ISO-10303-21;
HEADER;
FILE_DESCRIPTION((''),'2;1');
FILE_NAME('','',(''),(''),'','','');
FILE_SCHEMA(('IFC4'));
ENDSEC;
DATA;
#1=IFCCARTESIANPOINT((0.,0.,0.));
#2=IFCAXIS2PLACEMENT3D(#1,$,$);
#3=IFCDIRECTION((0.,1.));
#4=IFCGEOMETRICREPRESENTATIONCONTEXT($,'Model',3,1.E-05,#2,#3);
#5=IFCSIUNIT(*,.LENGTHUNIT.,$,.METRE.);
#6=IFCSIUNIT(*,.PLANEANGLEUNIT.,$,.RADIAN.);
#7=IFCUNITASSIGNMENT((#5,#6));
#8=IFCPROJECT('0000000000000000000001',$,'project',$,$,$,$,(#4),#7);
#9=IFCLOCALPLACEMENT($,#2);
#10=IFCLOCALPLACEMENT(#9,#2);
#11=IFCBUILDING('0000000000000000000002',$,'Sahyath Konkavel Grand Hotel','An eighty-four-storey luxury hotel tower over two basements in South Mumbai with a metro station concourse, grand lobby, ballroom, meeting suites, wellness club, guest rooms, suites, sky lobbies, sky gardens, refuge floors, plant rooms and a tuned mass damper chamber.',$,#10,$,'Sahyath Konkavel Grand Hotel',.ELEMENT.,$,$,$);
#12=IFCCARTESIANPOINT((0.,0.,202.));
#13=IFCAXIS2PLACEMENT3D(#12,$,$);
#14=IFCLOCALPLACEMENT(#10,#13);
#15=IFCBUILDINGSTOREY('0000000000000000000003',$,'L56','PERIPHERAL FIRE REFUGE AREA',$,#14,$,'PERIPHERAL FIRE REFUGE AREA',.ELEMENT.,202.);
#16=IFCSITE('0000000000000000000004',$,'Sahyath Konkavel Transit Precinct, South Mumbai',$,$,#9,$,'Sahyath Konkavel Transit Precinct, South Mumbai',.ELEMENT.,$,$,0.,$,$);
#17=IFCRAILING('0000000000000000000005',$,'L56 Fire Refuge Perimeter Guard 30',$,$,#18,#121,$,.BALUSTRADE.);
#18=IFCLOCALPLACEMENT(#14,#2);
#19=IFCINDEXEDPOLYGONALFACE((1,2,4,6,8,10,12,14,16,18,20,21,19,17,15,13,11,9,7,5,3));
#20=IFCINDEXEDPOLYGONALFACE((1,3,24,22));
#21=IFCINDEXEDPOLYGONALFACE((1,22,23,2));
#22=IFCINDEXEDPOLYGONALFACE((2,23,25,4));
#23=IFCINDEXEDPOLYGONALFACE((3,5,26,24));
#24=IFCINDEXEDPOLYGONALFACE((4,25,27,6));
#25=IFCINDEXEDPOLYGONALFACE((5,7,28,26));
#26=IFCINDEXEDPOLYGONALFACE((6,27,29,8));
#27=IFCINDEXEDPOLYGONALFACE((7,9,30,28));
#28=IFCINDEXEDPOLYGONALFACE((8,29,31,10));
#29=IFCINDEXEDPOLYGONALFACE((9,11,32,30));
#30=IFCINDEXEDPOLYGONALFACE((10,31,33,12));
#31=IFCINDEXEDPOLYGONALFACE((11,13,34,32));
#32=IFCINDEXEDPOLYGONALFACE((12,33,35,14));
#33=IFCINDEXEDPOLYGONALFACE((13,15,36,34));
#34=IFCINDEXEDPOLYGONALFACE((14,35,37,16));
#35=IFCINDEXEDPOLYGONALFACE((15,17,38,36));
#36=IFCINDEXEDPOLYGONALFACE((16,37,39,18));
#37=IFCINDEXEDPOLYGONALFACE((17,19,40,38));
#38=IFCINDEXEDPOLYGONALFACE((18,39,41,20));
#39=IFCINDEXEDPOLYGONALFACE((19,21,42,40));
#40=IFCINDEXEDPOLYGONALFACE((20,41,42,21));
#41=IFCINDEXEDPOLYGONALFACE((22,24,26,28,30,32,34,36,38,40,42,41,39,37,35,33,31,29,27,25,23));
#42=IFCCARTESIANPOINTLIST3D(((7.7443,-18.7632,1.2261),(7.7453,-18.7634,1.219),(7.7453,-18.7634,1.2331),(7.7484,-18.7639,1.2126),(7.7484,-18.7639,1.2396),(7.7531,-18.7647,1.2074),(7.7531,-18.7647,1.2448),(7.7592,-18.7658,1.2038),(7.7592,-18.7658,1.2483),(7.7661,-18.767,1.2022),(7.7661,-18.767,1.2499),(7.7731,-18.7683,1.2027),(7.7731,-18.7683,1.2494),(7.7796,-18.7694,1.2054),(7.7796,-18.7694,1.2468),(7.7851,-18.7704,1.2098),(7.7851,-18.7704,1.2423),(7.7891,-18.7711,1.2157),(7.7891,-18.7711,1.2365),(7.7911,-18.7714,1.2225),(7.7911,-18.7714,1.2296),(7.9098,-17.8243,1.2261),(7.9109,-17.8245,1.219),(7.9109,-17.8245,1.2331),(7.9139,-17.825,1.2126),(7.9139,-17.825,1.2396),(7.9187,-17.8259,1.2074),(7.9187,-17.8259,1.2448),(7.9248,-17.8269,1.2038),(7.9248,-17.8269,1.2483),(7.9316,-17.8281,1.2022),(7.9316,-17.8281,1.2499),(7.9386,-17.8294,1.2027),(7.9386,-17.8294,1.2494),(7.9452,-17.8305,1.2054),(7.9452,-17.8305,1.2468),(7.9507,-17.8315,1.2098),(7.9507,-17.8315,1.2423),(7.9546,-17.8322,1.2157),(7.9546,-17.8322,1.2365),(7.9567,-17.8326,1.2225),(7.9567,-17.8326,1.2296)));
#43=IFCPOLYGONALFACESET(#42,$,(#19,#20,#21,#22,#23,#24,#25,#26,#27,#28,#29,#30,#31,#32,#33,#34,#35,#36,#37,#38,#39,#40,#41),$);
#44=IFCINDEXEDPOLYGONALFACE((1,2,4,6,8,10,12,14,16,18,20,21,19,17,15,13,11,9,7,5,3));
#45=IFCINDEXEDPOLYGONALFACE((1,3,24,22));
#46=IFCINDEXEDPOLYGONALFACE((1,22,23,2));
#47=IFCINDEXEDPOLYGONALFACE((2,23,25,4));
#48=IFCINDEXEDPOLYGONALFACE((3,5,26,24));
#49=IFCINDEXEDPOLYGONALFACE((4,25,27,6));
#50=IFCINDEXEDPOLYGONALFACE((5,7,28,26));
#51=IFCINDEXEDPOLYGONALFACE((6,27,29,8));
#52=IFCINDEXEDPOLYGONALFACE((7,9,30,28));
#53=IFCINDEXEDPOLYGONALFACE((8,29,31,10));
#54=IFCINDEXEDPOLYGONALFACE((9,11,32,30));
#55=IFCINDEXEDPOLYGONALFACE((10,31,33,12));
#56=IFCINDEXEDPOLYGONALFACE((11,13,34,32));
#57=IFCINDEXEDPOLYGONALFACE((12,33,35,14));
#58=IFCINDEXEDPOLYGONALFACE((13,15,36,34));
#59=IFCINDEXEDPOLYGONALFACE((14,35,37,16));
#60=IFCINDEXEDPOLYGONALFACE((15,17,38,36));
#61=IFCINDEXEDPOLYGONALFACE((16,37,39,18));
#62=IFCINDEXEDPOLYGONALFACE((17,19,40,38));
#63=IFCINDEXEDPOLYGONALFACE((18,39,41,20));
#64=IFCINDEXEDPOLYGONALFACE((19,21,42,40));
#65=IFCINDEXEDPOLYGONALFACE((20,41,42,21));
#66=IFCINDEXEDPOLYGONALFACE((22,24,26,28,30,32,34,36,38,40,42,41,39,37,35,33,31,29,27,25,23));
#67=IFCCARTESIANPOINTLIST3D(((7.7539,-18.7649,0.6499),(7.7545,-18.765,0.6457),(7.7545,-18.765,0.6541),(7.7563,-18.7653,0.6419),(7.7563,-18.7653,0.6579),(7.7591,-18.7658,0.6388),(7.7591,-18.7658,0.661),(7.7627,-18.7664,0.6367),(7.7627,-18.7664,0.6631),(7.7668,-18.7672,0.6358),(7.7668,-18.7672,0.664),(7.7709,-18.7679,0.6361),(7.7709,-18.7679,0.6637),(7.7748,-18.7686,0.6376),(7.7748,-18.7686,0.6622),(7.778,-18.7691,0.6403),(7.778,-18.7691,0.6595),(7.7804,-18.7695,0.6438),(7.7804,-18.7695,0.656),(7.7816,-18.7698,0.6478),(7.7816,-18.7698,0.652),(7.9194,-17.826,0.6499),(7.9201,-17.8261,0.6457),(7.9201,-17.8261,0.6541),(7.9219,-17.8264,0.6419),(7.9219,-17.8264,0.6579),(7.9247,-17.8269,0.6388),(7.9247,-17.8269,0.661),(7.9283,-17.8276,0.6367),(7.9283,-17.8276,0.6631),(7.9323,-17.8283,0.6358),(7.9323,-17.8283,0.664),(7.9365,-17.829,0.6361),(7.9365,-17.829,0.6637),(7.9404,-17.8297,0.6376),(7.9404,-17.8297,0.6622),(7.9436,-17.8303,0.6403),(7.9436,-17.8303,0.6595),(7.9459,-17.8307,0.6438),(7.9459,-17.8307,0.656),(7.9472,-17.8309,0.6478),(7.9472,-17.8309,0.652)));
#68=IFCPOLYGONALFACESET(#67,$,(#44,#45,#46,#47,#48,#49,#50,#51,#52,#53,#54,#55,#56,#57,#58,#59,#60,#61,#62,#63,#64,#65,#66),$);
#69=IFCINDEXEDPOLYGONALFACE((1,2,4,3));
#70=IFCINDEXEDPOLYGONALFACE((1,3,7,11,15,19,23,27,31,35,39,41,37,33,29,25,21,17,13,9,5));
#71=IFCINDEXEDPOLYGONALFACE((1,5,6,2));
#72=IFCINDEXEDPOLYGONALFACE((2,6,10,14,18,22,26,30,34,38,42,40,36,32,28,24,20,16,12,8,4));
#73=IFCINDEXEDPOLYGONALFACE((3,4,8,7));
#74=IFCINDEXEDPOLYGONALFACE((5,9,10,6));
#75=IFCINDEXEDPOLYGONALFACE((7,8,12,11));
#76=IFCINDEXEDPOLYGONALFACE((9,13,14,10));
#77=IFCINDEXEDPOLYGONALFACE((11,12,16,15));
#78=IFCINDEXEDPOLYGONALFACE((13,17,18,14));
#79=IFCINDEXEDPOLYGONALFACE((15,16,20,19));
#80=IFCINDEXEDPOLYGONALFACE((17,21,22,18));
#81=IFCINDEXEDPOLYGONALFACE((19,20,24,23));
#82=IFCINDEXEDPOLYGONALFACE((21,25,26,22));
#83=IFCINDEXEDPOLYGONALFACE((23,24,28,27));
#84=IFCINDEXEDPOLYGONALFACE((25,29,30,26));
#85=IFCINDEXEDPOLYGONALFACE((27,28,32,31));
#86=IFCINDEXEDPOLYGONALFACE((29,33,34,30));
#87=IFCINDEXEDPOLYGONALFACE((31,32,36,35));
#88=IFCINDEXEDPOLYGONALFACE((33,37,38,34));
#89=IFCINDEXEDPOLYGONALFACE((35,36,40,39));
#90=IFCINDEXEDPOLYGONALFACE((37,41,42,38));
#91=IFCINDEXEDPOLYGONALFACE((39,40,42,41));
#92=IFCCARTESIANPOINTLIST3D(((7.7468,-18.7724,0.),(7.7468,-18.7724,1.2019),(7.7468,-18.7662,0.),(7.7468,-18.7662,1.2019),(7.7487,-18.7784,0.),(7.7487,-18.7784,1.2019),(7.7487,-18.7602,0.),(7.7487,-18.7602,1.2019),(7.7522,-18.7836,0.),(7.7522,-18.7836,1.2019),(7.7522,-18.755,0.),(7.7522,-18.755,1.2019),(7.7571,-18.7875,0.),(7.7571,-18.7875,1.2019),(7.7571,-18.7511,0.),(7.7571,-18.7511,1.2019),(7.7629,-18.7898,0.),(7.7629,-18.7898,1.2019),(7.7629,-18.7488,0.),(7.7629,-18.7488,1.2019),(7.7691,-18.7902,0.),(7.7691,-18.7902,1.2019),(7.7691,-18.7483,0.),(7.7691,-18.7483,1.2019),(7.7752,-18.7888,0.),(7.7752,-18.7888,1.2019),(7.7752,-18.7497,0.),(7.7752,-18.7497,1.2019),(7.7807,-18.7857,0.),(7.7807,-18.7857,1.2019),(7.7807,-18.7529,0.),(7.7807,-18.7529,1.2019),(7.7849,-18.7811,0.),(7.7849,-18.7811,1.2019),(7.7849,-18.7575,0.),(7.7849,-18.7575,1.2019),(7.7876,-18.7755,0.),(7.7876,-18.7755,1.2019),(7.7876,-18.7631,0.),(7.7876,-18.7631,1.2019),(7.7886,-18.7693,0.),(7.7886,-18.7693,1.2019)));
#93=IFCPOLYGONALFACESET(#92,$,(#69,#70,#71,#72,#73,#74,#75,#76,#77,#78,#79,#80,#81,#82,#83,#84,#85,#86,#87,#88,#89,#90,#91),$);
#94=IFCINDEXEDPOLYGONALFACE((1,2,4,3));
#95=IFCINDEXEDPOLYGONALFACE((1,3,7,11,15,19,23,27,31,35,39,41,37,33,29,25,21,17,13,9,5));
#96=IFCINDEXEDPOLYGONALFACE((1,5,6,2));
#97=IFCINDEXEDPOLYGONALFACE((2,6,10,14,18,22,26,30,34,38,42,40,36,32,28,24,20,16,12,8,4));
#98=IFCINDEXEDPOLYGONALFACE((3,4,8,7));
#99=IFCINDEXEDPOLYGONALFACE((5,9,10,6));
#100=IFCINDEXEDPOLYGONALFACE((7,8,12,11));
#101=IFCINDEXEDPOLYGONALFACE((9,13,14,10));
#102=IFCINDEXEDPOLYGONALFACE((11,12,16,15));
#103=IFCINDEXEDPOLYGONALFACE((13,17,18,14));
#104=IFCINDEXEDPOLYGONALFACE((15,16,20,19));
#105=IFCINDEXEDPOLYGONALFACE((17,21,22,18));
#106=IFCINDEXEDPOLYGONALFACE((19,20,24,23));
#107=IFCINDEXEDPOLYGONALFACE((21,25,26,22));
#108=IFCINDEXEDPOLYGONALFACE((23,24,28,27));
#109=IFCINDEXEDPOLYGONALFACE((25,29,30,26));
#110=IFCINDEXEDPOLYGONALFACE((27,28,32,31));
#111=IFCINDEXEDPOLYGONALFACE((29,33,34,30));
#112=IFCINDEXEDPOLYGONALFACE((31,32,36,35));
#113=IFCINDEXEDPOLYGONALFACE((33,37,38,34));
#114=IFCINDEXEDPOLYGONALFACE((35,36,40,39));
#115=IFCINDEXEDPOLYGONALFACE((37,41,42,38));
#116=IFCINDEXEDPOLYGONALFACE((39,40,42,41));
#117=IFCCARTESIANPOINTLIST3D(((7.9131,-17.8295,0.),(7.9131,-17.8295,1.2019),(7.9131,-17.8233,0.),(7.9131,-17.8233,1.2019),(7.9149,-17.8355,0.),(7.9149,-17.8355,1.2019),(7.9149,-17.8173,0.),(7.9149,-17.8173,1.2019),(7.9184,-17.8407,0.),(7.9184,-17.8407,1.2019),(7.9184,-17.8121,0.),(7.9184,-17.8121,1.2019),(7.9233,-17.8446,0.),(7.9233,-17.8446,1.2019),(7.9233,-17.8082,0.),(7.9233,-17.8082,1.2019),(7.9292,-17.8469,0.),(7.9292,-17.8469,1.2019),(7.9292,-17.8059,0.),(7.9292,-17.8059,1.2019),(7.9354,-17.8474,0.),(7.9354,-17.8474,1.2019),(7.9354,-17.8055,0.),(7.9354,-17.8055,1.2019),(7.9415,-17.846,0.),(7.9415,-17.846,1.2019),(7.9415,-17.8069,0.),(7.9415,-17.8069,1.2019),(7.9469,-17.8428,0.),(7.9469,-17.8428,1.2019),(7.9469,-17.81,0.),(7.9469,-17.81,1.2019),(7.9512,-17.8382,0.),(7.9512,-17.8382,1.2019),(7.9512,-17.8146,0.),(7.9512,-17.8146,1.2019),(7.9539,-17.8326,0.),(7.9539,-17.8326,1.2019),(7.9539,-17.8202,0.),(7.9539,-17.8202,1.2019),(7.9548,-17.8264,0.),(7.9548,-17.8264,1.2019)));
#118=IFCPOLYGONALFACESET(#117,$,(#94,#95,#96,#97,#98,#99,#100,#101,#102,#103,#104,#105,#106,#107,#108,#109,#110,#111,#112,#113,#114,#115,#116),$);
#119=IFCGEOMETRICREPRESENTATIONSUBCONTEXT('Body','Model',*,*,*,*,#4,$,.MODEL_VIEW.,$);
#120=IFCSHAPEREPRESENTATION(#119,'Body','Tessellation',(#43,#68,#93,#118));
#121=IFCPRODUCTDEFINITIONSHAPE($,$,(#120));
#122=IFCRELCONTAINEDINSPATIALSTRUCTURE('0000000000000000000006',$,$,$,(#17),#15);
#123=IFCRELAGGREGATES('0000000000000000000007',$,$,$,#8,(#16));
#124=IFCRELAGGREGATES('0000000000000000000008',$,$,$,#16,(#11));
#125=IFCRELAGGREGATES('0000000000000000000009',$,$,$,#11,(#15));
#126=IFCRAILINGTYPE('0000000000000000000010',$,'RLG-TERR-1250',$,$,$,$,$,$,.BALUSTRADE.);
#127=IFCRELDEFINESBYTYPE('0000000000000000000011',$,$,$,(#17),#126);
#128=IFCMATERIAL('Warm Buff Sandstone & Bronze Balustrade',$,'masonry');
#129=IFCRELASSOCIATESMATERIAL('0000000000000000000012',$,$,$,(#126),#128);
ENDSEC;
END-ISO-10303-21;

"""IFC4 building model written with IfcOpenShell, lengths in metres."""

from ifc_helpers import new_model, si_unit, direction, frame, origin, origin_2d, place, context, subcontext, project, spatial, circle, extrude, material, type_object, element, save


model = new_model("IFC4")

# Units and contexts
model_context = context("Model", 3, precision=1e-05, world=origin(), true_north=direction((0.0, 1.0)))
body_context = subcontext(model_context, "Body", "Model", "MODEL_VIEW")
ifc_project = project(units=[si_unit("LENGTHUNIT", "METRE"), si_unit("PLANEANGLEUNIT", "RADIAN")], contexts=[model_context])

# Site, building, storey
site_placement = place(None, origin())
site = spatial("IfcSite", under=ifc_project, at=site_placement, Name="Sahyath Konkavel Transit Precinct, South Mumbai", LongName="Sahyath Konkavel Transit Precinct, South Mumbai", CompositionType="ELEMENT", RefElevation=0.0)
building_placement = place(site_placement, origin())
building = spatial("IfcBuilding", under=site, at=building_placement, Name="Sahyath Konkavel Grand Hotel", Description="An eighty-four-storey luxury hotel tower over two basements in South Mumbai with a metro station concourse, grand lobby, ballroom, meeting suites, wellness club, guest rooms, suites, sky lobbies, sky gardens, refuge floors, plant rooms and a tuned mass damper chamber.", LongName="Sahyath Konkavel Grand Hotel", CompositionType="ELEMENT")
storey_placement = place(building_placement, frame((0.0, 0.0, 202.0)))
storey = spatial("IfcBuildingStorey", under=building, at=storey_placement, Name="L56", Description="PERIPHERAL FIRE REFUGE AREA", LongName="PERIPHERAL FIRE REFUGE AREA", CompositionType="ELEMENT", Elevation=202.0)

# Railing
ifc_material_1 = material(Name="Warm Buff Sandstone & Bronze Balustrade", Category="masonry")
railing_type = type_object("IfcRailingType", Name="RLG-TERR-1250", PredefinedType="BALUSTRADE", material=ifc_material_1)
railing_1_placement = place(storey_placement, frame((7.7676, -18.7693, 0.0)))
element("IfcRailing", 1, at=railing_1_placement, inside=storey, type_object=railing_type, Name="L56 Fire Refuge Perimeter Guard 30", PredefinedType="BALUSTRADE", context=body_context, shape_type="SweptSolid", body=[
    extrude(circle(Radius=0.0239, at=origin_2d()), frame((0.0002, 0.002, 1.2261), z_axis=(0.173654, 0.984807, 0.0), x_axis=(-0.984807, 0.173654, 0.0)), (0.0, 0.0, 1.0), 0.9534),
    extrude(circle(Radius=0.0142, at=origin_2d()), frame((0.0002, 0.002, 0.6499), z_axis=(0.173654, 0.984807, 0.0), x_axis=(-0.984807, 0.173654, 0.0)), (0.0, 0.0, 1.0), 0.9534),
    extrude(circle(Radius=0.021, at=origin_2d()), origin(), (0.0, 0.0, 1.0), 1.2019),
    extrude(circle(Radius=0.021, at=origin_2d()), frame((0.1663, 0.9429, 0.0)), (0.0, 0.0, 1.0), 1.2019),
])

save(model, "model.ifc")
